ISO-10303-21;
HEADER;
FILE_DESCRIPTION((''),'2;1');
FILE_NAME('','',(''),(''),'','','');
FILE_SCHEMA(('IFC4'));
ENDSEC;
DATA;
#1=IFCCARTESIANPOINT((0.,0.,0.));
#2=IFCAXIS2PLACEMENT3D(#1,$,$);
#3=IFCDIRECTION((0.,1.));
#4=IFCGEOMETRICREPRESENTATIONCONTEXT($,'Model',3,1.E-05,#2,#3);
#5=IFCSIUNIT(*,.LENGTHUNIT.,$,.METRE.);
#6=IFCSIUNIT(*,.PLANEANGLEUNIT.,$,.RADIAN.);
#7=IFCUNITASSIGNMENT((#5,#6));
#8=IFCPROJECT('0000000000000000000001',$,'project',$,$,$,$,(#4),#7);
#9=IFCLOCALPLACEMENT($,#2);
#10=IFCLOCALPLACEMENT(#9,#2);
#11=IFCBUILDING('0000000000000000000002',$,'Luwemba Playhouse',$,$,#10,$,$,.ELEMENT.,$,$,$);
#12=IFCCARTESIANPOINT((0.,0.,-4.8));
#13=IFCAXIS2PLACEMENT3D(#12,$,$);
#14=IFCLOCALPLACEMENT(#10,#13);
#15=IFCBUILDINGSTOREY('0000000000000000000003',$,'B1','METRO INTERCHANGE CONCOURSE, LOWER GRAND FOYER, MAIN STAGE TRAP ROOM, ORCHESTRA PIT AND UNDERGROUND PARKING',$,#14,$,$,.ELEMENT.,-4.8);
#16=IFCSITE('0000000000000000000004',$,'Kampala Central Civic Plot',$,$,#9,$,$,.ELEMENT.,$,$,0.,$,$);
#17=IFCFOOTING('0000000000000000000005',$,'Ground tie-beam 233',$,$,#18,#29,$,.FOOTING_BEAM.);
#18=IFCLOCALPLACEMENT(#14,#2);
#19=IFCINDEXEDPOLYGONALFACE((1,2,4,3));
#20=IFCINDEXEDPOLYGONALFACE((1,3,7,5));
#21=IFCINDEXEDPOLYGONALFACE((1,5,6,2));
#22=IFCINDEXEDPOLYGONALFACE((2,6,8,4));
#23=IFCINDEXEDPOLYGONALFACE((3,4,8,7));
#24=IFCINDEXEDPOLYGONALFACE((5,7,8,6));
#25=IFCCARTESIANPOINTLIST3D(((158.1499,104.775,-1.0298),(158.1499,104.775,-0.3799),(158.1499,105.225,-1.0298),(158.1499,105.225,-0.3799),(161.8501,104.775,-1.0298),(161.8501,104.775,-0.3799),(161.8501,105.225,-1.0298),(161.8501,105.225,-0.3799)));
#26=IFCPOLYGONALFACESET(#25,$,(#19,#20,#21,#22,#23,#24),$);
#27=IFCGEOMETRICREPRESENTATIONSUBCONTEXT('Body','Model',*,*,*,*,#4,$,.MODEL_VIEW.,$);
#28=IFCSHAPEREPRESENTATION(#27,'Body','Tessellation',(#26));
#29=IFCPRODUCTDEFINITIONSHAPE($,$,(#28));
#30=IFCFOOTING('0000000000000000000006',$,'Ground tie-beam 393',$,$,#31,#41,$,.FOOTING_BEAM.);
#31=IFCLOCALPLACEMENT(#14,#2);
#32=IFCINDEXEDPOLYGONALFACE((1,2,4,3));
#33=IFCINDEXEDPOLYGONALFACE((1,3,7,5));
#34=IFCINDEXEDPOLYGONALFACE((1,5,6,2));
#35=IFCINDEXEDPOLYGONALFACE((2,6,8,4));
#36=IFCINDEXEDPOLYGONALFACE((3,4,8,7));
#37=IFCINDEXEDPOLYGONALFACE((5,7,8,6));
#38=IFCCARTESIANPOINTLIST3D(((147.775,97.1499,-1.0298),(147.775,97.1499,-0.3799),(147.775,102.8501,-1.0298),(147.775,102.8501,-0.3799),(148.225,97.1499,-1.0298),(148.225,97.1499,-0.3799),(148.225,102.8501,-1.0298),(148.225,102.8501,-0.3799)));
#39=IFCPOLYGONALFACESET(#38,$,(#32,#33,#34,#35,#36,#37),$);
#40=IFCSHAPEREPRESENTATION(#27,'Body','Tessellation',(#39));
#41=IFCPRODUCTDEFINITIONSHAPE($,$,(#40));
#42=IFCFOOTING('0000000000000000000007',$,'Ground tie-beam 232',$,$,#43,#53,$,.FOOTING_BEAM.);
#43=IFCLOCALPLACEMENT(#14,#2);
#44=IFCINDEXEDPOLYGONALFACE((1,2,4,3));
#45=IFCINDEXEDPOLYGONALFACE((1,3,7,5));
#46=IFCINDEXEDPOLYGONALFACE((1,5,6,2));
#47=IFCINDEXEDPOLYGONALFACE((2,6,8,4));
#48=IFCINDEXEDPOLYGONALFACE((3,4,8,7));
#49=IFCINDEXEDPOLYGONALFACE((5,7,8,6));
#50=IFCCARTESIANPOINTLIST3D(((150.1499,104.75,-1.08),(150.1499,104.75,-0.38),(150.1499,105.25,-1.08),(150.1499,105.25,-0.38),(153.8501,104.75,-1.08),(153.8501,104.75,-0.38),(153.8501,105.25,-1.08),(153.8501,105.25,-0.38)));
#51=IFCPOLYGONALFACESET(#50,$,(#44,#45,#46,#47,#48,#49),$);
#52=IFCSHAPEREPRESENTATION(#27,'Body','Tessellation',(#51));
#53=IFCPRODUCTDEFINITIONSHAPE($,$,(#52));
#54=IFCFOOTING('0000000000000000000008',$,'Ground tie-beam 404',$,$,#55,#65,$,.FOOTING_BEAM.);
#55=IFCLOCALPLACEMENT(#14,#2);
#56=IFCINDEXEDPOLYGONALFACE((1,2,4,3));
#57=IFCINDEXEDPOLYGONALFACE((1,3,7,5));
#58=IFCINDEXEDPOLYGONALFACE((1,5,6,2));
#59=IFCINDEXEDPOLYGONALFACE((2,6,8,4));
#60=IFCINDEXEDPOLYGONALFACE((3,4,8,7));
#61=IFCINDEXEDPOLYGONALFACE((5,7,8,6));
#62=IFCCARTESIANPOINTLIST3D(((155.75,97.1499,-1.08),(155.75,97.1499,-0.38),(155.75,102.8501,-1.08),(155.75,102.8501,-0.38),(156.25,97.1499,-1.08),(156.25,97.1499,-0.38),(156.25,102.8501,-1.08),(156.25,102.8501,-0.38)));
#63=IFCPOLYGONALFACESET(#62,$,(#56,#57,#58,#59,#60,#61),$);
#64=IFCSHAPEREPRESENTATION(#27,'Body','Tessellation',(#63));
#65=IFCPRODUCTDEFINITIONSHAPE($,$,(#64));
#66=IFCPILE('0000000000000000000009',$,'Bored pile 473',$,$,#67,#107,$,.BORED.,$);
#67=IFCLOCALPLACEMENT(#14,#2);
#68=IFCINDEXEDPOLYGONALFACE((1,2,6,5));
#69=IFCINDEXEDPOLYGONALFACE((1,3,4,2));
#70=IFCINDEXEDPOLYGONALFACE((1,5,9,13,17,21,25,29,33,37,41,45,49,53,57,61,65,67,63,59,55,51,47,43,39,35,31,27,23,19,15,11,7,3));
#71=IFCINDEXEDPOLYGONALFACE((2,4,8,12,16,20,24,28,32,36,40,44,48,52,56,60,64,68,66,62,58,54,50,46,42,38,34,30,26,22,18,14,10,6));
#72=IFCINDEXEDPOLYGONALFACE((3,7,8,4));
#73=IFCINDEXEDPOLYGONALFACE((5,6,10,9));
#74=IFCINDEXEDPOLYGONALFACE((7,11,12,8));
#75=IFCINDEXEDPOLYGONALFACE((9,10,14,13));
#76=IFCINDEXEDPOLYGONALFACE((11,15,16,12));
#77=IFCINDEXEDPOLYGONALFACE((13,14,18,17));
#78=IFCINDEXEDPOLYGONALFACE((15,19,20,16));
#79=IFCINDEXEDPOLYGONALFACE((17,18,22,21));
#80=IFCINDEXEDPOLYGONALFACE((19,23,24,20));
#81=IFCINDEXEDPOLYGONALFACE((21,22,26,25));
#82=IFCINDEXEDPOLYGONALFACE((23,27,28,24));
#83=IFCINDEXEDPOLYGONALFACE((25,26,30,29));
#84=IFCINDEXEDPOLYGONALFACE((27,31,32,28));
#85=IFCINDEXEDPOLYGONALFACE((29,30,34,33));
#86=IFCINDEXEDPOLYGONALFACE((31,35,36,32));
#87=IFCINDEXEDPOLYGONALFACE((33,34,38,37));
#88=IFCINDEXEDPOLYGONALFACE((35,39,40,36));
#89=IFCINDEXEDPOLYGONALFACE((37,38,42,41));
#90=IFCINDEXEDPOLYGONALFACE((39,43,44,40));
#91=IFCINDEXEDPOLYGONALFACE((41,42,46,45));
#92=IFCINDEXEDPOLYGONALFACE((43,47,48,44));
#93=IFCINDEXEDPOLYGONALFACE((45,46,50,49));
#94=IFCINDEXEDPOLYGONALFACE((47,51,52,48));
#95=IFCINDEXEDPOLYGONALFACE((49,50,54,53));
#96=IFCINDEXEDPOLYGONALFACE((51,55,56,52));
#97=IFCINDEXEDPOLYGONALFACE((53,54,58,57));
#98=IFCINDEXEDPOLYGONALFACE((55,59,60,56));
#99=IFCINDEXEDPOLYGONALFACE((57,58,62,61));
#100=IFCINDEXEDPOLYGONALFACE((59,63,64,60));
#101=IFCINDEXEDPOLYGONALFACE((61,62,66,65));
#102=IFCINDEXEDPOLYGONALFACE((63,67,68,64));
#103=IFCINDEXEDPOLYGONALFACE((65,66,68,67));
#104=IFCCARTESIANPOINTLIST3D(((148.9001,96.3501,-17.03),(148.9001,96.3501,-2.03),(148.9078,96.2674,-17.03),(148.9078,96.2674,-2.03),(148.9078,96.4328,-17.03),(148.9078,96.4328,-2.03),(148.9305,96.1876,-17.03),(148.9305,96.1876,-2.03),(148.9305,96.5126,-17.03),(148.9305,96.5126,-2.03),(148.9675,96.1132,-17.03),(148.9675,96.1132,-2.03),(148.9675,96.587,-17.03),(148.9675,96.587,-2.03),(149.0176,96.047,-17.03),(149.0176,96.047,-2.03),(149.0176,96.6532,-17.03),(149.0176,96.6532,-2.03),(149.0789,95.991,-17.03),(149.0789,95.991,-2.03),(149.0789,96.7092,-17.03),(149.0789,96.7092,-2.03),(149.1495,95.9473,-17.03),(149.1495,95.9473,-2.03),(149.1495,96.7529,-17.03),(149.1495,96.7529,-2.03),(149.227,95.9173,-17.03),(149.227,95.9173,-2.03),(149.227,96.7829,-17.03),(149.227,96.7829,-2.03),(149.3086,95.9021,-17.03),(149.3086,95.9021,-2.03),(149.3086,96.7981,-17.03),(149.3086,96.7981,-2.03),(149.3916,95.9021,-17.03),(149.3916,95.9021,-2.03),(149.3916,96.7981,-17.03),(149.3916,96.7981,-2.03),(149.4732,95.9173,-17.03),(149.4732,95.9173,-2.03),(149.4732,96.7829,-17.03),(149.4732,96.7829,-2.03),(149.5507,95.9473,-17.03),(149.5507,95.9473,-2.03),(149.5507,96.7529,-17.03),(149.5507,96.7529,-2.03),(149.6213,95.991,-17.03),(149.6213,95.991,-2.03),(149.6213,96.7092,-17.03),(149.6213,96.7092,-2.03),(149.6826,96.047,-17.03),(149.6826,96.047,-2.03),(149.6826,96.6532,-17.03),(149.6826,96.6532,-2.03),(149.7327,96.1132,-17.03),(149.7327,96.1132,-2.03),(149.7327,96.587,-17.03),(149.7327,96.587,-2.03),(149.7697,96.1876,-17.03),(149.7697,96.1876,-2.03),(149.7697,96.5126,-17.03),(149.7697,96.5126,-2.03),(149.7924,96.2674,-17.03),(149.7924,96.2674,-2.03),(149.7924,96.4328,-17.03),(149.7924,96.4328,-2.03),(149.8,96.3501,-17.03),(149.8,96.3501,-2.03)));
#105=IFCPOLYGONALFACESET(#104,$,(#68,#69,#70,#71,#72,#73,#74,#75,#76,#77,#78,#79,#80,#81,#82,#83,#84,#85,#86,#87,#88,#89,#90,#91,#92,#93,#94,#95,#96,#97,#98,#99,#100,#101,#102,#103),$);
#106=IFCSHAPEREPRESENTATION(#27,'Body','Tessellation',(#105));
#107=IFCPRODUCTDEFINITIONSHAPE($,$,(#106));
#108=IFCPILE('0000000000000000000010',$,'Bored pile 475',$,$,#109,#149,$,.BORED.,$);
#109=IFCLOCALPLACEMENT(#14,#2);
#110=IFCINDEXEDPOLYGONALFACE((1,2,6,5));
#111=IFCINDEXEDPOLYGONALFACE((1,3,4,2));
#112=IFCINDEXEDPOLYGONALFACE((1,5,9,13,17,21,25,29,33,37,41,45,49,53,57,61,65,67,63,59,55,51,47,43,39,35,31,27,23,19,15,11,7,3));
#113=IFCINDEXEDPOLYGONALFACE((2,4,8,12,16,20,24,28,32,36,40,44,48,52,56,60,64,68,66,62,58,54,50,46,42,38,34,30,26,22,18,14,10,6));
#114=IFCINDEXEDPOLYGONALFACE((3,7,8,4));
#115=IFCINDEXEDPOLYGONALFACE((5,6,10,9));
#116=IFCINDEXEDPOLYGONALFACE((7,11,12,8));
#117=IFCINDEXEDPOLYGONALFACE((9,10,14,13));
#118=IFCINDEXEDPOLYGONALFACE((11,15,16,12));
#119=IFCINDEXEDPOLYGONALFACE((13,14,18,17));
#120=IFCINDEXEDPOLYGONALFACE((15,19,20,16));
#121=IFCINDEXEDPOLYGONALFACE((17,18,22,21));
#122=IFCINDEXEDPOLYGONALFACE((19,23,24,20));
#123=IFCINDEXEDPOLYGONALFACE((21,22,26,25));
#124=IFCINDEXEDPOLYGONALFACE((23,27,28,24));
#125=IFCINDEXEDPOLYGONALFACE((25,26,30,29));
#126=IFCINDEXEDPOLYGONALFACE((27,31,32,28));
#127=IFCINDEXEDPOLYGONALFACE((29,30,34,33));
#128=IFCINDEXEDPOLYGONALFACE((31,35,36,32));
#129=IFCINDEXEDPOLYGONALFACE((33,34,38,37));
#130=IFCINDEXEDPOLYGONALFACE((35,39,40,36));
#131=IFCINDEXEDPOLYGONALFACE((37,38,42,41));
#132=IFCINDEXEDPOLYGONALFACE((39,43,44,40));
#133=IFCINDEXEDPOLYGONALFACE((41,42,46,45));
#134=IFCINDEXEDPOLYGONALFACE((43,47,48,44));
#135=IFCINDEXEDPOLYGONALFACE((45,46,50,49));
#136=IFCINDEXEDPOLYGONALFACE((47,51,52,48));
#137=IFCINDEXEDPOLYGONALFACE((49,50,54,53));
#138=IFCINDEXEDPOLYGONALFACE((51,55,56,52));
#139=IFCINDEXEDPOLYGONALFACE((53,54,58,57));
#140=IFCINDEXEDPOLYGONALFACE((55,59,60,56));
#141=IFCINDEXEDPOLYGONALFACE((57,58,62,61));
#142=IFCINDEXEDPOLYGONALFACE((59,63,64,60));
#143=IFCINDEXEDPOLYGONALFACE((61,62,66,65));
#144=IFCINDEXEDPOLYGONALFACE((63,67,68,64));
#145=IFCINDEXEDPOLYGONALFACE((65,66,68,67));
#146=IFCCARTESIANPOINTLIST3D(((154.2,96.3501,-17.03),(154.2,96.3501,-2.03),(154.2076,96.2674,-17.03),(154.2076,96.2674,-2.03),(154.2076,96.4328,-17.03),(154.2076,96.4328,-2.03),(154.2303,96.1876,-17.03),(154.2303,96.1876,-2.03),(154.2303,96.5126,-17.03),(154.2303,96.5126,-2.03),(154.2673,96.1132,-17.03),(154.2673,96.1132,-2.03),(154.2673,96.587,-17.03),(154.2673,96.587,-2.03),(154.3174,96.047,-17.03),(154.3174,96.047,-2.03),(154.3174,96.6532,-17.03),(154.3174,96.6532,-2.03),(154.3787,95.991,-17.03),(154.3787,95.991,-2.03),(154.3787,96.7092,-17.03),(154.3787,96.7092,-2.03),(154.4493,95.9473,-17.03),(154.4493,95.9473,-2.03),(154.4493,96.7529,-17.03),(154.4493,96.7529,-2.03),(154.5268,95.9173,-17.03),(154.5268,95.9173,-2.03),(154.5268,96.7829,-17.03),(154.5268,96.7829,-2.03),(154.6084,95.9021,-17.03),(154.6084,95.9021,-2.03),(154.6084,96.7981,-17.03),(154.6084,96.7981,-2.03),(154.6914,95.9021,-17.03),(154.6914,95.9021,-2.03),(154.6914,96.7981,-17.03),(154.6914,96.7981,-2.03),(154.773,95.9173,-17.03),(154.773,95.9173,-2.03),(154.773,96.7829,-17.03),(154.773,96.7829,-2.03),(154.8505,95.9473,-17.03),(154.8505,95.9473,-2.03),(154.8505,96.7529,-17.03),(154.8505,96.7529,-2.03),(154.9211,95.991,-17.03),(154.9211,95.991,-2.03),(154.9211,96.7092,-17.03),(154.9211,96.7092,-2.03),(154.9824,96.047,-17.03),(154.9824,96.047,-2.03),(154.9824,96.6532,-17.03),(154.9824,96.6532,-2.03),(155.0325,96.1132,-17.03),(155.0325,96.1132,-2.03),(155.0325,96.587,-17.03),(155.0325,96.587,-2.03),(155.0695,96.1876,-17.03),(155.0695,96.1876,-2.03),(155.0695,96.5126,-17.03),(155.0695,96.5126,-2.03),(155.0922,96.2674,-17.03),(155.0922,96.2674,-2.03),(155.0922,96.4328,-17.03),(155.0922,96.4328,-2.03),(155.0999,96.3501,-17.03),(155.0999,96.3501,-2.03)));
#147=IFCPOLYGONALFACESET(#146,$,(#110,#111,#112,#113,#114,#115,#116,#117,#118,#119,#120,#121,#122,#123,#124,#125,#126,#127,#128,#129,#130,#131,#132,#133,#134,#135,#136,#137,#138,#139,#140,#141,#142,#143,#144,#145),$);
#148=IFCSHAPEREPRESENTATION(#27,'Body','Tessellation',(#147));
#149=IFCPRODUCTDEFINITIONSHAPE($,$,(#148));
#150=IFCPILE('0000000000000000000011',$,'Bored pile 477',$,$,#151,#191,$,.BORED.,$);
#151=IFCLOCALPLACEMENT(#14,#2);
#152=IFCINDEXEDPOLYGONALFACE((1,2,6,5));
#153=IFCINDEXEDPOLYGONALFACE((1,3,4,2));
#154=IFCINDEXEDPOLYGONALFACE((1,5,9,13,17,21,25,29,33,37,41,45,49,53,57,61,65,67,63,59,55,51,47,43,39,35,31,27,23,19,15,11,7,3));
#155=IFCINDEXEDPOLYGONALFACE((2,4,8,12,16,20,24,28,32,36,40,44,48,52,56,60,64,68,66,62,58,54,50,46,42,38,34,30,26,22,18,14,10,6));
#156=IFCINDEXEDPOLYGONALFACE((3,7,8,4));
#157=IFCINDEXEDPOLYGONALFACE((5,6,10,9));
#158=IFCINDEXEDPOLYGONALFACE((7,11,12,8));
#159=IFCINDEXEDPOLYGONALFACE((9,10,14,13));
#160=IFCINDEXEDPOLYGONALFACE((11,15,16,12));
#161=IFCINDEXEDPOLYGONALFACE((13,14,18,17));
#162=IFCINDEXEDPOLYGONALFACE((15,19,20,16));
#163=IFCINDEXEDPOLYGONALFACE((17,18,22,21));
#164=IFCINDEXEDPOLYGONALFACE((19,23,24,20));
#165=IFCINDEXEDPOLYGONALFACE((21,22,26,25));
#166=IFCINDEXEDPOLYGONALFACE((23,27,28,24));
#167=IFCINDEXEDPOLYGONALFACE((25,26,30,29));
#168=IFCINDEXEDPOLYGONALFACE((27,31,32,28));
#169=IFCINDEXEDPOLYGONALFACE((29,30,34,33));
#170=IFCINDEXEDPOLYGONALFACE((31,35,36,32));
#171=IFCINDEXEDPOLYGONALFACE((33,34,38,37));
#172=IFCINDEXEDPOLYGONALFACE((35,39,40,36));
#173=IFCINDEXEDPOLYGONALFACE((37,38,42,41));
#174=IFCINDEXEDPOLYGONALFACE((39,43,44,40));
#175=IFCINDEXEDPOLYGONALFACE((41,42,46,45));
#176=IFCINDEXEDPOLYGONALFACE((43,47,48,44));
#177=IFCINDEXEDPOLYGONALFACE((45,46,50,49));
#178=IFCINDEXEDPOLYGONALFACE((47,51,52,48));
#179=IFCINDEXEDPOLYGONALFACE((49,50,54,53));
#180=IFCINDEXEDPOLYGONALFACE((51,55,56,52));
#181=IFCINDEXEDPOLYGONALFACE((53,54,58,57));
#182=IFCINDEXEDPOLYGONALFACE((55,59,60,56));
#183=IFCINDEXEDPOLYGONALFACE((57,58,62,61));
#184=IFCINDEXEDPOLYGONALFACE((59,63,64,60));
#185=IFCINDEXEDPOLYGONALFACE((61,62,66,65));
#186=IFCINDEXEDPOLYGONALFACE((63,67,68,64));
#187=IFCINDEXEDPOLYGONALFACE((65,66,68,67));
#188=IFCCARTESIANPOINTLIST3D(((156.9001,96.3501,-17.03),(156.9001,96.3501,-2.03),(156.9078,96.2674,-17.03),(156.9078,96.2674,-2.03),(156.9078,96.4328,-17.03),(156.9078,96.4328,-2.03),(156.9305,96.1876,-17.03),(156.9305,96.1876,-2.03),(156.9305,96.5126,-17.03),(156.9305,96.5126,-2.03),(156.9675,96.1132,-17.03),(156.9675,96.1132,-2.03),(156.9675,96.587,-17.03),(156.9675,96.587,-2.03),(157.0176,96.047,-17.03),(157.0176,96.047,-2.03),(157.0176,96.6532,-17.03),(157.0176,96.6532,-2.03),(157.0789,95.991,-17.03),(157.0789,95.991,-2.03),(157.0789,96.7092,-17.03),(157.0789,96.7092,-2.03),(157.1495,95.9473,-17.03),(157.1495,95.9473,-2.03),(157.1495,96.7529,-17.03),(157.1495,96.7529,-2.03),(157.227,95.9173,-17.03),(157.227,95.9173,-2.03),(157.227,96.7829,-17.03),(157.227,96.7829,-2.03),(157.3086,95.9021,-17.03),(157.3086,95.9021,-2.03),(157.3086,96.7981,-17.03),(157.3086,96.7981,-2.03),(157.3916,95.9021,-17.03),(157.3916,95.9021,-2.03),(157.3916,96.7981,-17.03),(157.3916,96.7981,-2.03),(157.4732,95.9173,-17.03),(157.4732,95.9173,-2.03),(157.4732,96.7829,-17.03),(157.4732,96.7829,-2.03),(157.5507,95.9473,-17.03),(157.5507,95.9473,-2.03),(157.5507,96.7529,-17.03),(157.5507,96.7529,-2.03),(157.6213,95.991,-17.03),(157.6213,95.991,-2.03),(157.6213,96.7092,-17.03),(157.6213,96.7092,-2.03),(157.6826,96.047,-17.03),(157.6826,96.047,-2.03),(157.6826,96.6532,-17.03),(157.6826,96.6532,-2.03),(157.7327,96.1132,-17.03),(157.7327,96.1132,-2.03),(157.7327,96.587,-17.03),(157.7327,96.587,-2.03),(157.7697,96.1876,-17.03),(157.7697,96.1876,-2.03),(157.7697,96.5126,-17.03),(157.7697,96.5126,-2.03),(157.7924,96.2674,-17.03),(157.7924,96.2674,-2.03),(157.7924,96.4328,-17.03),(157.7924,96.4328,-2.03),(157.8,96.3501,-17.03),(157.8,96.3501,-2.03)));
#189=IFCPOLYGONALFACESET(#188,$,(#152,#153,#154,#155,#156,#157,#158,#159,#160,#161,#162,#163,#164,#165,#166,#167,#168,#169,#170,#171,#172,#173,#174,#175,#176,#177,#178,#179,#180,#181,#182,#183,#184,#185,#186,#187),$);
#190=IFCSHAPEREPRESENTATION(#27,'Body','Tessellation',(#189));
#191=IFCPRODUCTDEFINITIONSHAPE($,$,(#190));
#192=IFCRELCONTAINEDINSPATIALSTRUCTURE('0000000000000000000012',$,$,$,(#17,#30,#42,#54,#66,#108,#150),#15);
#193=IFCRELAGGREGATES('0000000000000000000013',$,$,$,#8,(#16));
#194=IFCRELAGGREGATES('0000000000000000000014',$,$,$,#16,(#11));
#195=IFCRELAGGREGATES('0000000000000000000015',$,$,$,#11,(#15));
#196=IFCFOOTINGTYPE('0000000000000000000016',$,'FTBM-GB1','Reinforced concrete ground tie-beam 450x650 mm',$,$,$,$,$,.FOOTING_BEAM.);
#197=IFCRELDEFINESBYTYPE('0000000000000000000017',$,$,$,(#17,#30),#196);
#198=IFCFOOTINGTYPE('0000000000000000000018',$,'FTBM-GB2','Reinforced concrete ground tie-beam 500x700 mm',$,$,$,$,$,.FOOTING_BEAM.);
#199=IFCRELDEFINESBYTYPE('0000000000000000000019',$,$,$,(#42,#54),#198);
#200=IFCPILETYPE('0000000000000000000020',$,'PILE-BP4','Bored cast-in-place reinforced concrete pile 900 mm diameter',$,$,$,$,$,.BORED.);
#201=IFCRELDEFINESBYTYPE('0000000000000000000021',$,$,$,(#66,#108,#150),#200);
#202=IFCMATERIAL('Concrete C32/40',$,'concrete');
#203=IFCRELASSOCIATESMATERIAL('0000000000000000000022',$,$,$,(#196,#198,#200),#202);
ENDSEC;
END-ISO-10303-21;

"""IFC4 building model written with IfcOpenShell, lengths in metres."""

from ifc_helpers import new_model, si_unit, direction, frame, origin, origin_2d, place, context, subcontext, project, spatial, rectangle, circle, extrude, material, material_profile, profile_set, type_object, element, save


model = new_model("IFC4")

# Units and contexts
model_context = context("Model", 3, precision=1e-05, world=origin(), true_north=direction((0.0, 1.0)))
body_context = subcontext(model_context, "Body", "Model", "MODEL_VIEW")
ifc_project = project(units=[si_unit("LENGTHUNIT", "METRE"), si_unit("PLANEANGLEUNIT", "RADIAN")], contexts=[model_context])

# Site, building, storey
site_placement = place(None, origin())
site = spatial("IfcSite", under=ifc_project, at=site_placement, Name="Kampala Central Civic Plot", CompositionType="ELEMENT", RefElevation=0.0)
building_placement = place(site_placement, origin())
building = spatial("IfcBuilding", under=site, at=building_placement, Name="Luwemba Playhouse", CompositionType="ELEMENT")
storey_placement = place(building_placement, frame((0.0, 0.0, -4.8)))
storey = spatial("IfcBuildingStorey", under=building, at=storey_placement, Name="B1", Description="METRO INTERCHANGE CONCOURSE, LOWER GRAND FOYER, MAIN STAGE TRAP ROOM, ORCHESTRA PIT AND UNDERGROUND PARKING", CompositionType="ELEMENT", Elevation=-4.8)

# Footings
ifc_material_1 = material(Name="Concrete C32/40", Category="concrete")
ifc_material_profile_1 = material_profile(ifc_material_1, rectangle(XDim=0.45, YDim=0.6499, at=origin_2d()))
ifc_profile_set_1 = profile_set([ifc_material_profile_1], Name="Concrete C32/40")
footing_type_1 = type_object("IfcFootingType", Name="FTBM-GB1", Description="Reinforced concrete ground tie-beam 450x650 mm", PredefinedType="FOOTING_BEAM", material=ifc_profile_set_1)
footing_1_placement = place(storey_placement, frame((158.1499, 105.0, -0.7048), z_axis=(1.0, 0.0, 0.0), x_axis=(0.0, 1.0, 0.0)))
element("IfcFooting", 1, at=footing_1_placement, inside=storey, type_object=footing_type_1, Name="Ground tie-beam 233", PredefinedType="FOOTING_BEAM", context=body_context, shape_type="SweptSolid", body=[
    extrude(rectangle(XDim=0.45, YDim=0.6499, at=origin_2d()), origin(), (0.0, 0.0, 1.0), 3.7002),
])
footing_2_placement = place(storey_placement, frame((148.0, 97.1499, -0.7048), z_axis=(0.0, 1.0, 0.0), x_axis=(-1.0, 0.0, 0.0)))
element("IfcFooting", 2, at=footing_2_placement, inside=storey, type_object=footing_type_1, Name="Ground tie-beam 393", PredefinedType="FOOTING_BEAM", context=body_context, shape_type="SweptSolid", body=[
    extrude(rectangle(XDim=0.45, YDim=0.6499, at=origin_2d()), origin(), (0.0, 0.0, 1.0), 5.7002),
])
ifc_material_profile_2 = material_profile(ifc_material_1, rectangle(XDim=0.5, YDim=0.7, at=origin_2d()))
ifc_profile_set_2 = profile_set([ifc_material_profile_2], Name="Concrete C32/40")
footing_type_2 = type_object("IfcFootingType", Name="FTBM-GB2", Description="Reinforced concrete ground tie-beam 500x700 mm", PredefinedType="FOOTING_BEAM", material=ifc_profile_set_2)
footing_3_placement = place(storey_placement, frame((150.1499, 105.0, -0.73), z_axis=(1.0, 0.0, 0.0), x_axis=(0.0, 1.0, 0.0)))
element("IfcFooting", 3, at=footing_3_placement, inside=storey, type_object=footing_type_2, Name="Ground tie-beam 232", PredefinedType="FOOTING_BEAM", context=body_context, shape_type="SweptSolid", body=[
    extrude(rectangle(XDim=0.5, YDim=0.7, at=origin_2d()), origin(), (0.0, 0.0, 1.0), 3.7002),
])
footing_4_placement = place(storey_placement, frame((156.0, 97.1499, -0.73), z_axis=(0.0, 1.0, 0.0), x_axis=(-1.0, 0.0, 0.0)))
element("IfcFooting", 4, at=footing_4_placement, inside=storey, type_object=footing_type_2, Name="Ground tie-beam 404", PredefinedType="FOOTING_BEAM", context=body_context, shape_type="SweptSolid", body=[
    extrude(rectangle(XDim=0.5, YDim=0.7, at=origin_2d()), origin(), (0.0, 0.0, 1.0), 5.7002),
])

# Piles
ifc_material_profile_3 = material_profile(ifc_material_1, circle(Radius=0.45, at=origin_2d()))
ifc_profile_set_3 = profile_set([ifc_material_profile_3], Name="Concrete C32/40")
pile_type = type_object("IfcPileType", Name="PILE-BP4", Description="Bored cast-in-place reinforced concrete pile 900 mm diameter", PredefinedType="BORED", material=ifc_profile_set_3)
for number, where, z_axis, x_axis, name in (
    (5, (149.3501, 96.3501, -2.03), (0.0, 0.0, -1.0), (1.0, 0.0, 0.0), "Bored pile 473"),
    (6, (154.6499, 96.3501, -2.03), (0.0, 0.0, -1.0), (1.0, 0.0, 0.0), "Bored pile 475"),
    (7, (157.3501, 96.3501, -2.03), (0.0, 0.0, -1.0), (1.0, 0.0, 0.0), "Bored pile 477"),
):
    element("IfcPile", number, at=place(storey_placement, frame(where, z_axis=z_axis, x_axis=x_axis)), inside=storey, type_object=pile_type, Name=name, PredefinedType="BORED", context=body_context, shape_type="SweptSolid", body=[
        extrude(circle(Radius=0.45, at=origin_2d()), origin(), (0.0, 0.0, 1.0), 15.0),
    ])

save(model, "model.ifc")
